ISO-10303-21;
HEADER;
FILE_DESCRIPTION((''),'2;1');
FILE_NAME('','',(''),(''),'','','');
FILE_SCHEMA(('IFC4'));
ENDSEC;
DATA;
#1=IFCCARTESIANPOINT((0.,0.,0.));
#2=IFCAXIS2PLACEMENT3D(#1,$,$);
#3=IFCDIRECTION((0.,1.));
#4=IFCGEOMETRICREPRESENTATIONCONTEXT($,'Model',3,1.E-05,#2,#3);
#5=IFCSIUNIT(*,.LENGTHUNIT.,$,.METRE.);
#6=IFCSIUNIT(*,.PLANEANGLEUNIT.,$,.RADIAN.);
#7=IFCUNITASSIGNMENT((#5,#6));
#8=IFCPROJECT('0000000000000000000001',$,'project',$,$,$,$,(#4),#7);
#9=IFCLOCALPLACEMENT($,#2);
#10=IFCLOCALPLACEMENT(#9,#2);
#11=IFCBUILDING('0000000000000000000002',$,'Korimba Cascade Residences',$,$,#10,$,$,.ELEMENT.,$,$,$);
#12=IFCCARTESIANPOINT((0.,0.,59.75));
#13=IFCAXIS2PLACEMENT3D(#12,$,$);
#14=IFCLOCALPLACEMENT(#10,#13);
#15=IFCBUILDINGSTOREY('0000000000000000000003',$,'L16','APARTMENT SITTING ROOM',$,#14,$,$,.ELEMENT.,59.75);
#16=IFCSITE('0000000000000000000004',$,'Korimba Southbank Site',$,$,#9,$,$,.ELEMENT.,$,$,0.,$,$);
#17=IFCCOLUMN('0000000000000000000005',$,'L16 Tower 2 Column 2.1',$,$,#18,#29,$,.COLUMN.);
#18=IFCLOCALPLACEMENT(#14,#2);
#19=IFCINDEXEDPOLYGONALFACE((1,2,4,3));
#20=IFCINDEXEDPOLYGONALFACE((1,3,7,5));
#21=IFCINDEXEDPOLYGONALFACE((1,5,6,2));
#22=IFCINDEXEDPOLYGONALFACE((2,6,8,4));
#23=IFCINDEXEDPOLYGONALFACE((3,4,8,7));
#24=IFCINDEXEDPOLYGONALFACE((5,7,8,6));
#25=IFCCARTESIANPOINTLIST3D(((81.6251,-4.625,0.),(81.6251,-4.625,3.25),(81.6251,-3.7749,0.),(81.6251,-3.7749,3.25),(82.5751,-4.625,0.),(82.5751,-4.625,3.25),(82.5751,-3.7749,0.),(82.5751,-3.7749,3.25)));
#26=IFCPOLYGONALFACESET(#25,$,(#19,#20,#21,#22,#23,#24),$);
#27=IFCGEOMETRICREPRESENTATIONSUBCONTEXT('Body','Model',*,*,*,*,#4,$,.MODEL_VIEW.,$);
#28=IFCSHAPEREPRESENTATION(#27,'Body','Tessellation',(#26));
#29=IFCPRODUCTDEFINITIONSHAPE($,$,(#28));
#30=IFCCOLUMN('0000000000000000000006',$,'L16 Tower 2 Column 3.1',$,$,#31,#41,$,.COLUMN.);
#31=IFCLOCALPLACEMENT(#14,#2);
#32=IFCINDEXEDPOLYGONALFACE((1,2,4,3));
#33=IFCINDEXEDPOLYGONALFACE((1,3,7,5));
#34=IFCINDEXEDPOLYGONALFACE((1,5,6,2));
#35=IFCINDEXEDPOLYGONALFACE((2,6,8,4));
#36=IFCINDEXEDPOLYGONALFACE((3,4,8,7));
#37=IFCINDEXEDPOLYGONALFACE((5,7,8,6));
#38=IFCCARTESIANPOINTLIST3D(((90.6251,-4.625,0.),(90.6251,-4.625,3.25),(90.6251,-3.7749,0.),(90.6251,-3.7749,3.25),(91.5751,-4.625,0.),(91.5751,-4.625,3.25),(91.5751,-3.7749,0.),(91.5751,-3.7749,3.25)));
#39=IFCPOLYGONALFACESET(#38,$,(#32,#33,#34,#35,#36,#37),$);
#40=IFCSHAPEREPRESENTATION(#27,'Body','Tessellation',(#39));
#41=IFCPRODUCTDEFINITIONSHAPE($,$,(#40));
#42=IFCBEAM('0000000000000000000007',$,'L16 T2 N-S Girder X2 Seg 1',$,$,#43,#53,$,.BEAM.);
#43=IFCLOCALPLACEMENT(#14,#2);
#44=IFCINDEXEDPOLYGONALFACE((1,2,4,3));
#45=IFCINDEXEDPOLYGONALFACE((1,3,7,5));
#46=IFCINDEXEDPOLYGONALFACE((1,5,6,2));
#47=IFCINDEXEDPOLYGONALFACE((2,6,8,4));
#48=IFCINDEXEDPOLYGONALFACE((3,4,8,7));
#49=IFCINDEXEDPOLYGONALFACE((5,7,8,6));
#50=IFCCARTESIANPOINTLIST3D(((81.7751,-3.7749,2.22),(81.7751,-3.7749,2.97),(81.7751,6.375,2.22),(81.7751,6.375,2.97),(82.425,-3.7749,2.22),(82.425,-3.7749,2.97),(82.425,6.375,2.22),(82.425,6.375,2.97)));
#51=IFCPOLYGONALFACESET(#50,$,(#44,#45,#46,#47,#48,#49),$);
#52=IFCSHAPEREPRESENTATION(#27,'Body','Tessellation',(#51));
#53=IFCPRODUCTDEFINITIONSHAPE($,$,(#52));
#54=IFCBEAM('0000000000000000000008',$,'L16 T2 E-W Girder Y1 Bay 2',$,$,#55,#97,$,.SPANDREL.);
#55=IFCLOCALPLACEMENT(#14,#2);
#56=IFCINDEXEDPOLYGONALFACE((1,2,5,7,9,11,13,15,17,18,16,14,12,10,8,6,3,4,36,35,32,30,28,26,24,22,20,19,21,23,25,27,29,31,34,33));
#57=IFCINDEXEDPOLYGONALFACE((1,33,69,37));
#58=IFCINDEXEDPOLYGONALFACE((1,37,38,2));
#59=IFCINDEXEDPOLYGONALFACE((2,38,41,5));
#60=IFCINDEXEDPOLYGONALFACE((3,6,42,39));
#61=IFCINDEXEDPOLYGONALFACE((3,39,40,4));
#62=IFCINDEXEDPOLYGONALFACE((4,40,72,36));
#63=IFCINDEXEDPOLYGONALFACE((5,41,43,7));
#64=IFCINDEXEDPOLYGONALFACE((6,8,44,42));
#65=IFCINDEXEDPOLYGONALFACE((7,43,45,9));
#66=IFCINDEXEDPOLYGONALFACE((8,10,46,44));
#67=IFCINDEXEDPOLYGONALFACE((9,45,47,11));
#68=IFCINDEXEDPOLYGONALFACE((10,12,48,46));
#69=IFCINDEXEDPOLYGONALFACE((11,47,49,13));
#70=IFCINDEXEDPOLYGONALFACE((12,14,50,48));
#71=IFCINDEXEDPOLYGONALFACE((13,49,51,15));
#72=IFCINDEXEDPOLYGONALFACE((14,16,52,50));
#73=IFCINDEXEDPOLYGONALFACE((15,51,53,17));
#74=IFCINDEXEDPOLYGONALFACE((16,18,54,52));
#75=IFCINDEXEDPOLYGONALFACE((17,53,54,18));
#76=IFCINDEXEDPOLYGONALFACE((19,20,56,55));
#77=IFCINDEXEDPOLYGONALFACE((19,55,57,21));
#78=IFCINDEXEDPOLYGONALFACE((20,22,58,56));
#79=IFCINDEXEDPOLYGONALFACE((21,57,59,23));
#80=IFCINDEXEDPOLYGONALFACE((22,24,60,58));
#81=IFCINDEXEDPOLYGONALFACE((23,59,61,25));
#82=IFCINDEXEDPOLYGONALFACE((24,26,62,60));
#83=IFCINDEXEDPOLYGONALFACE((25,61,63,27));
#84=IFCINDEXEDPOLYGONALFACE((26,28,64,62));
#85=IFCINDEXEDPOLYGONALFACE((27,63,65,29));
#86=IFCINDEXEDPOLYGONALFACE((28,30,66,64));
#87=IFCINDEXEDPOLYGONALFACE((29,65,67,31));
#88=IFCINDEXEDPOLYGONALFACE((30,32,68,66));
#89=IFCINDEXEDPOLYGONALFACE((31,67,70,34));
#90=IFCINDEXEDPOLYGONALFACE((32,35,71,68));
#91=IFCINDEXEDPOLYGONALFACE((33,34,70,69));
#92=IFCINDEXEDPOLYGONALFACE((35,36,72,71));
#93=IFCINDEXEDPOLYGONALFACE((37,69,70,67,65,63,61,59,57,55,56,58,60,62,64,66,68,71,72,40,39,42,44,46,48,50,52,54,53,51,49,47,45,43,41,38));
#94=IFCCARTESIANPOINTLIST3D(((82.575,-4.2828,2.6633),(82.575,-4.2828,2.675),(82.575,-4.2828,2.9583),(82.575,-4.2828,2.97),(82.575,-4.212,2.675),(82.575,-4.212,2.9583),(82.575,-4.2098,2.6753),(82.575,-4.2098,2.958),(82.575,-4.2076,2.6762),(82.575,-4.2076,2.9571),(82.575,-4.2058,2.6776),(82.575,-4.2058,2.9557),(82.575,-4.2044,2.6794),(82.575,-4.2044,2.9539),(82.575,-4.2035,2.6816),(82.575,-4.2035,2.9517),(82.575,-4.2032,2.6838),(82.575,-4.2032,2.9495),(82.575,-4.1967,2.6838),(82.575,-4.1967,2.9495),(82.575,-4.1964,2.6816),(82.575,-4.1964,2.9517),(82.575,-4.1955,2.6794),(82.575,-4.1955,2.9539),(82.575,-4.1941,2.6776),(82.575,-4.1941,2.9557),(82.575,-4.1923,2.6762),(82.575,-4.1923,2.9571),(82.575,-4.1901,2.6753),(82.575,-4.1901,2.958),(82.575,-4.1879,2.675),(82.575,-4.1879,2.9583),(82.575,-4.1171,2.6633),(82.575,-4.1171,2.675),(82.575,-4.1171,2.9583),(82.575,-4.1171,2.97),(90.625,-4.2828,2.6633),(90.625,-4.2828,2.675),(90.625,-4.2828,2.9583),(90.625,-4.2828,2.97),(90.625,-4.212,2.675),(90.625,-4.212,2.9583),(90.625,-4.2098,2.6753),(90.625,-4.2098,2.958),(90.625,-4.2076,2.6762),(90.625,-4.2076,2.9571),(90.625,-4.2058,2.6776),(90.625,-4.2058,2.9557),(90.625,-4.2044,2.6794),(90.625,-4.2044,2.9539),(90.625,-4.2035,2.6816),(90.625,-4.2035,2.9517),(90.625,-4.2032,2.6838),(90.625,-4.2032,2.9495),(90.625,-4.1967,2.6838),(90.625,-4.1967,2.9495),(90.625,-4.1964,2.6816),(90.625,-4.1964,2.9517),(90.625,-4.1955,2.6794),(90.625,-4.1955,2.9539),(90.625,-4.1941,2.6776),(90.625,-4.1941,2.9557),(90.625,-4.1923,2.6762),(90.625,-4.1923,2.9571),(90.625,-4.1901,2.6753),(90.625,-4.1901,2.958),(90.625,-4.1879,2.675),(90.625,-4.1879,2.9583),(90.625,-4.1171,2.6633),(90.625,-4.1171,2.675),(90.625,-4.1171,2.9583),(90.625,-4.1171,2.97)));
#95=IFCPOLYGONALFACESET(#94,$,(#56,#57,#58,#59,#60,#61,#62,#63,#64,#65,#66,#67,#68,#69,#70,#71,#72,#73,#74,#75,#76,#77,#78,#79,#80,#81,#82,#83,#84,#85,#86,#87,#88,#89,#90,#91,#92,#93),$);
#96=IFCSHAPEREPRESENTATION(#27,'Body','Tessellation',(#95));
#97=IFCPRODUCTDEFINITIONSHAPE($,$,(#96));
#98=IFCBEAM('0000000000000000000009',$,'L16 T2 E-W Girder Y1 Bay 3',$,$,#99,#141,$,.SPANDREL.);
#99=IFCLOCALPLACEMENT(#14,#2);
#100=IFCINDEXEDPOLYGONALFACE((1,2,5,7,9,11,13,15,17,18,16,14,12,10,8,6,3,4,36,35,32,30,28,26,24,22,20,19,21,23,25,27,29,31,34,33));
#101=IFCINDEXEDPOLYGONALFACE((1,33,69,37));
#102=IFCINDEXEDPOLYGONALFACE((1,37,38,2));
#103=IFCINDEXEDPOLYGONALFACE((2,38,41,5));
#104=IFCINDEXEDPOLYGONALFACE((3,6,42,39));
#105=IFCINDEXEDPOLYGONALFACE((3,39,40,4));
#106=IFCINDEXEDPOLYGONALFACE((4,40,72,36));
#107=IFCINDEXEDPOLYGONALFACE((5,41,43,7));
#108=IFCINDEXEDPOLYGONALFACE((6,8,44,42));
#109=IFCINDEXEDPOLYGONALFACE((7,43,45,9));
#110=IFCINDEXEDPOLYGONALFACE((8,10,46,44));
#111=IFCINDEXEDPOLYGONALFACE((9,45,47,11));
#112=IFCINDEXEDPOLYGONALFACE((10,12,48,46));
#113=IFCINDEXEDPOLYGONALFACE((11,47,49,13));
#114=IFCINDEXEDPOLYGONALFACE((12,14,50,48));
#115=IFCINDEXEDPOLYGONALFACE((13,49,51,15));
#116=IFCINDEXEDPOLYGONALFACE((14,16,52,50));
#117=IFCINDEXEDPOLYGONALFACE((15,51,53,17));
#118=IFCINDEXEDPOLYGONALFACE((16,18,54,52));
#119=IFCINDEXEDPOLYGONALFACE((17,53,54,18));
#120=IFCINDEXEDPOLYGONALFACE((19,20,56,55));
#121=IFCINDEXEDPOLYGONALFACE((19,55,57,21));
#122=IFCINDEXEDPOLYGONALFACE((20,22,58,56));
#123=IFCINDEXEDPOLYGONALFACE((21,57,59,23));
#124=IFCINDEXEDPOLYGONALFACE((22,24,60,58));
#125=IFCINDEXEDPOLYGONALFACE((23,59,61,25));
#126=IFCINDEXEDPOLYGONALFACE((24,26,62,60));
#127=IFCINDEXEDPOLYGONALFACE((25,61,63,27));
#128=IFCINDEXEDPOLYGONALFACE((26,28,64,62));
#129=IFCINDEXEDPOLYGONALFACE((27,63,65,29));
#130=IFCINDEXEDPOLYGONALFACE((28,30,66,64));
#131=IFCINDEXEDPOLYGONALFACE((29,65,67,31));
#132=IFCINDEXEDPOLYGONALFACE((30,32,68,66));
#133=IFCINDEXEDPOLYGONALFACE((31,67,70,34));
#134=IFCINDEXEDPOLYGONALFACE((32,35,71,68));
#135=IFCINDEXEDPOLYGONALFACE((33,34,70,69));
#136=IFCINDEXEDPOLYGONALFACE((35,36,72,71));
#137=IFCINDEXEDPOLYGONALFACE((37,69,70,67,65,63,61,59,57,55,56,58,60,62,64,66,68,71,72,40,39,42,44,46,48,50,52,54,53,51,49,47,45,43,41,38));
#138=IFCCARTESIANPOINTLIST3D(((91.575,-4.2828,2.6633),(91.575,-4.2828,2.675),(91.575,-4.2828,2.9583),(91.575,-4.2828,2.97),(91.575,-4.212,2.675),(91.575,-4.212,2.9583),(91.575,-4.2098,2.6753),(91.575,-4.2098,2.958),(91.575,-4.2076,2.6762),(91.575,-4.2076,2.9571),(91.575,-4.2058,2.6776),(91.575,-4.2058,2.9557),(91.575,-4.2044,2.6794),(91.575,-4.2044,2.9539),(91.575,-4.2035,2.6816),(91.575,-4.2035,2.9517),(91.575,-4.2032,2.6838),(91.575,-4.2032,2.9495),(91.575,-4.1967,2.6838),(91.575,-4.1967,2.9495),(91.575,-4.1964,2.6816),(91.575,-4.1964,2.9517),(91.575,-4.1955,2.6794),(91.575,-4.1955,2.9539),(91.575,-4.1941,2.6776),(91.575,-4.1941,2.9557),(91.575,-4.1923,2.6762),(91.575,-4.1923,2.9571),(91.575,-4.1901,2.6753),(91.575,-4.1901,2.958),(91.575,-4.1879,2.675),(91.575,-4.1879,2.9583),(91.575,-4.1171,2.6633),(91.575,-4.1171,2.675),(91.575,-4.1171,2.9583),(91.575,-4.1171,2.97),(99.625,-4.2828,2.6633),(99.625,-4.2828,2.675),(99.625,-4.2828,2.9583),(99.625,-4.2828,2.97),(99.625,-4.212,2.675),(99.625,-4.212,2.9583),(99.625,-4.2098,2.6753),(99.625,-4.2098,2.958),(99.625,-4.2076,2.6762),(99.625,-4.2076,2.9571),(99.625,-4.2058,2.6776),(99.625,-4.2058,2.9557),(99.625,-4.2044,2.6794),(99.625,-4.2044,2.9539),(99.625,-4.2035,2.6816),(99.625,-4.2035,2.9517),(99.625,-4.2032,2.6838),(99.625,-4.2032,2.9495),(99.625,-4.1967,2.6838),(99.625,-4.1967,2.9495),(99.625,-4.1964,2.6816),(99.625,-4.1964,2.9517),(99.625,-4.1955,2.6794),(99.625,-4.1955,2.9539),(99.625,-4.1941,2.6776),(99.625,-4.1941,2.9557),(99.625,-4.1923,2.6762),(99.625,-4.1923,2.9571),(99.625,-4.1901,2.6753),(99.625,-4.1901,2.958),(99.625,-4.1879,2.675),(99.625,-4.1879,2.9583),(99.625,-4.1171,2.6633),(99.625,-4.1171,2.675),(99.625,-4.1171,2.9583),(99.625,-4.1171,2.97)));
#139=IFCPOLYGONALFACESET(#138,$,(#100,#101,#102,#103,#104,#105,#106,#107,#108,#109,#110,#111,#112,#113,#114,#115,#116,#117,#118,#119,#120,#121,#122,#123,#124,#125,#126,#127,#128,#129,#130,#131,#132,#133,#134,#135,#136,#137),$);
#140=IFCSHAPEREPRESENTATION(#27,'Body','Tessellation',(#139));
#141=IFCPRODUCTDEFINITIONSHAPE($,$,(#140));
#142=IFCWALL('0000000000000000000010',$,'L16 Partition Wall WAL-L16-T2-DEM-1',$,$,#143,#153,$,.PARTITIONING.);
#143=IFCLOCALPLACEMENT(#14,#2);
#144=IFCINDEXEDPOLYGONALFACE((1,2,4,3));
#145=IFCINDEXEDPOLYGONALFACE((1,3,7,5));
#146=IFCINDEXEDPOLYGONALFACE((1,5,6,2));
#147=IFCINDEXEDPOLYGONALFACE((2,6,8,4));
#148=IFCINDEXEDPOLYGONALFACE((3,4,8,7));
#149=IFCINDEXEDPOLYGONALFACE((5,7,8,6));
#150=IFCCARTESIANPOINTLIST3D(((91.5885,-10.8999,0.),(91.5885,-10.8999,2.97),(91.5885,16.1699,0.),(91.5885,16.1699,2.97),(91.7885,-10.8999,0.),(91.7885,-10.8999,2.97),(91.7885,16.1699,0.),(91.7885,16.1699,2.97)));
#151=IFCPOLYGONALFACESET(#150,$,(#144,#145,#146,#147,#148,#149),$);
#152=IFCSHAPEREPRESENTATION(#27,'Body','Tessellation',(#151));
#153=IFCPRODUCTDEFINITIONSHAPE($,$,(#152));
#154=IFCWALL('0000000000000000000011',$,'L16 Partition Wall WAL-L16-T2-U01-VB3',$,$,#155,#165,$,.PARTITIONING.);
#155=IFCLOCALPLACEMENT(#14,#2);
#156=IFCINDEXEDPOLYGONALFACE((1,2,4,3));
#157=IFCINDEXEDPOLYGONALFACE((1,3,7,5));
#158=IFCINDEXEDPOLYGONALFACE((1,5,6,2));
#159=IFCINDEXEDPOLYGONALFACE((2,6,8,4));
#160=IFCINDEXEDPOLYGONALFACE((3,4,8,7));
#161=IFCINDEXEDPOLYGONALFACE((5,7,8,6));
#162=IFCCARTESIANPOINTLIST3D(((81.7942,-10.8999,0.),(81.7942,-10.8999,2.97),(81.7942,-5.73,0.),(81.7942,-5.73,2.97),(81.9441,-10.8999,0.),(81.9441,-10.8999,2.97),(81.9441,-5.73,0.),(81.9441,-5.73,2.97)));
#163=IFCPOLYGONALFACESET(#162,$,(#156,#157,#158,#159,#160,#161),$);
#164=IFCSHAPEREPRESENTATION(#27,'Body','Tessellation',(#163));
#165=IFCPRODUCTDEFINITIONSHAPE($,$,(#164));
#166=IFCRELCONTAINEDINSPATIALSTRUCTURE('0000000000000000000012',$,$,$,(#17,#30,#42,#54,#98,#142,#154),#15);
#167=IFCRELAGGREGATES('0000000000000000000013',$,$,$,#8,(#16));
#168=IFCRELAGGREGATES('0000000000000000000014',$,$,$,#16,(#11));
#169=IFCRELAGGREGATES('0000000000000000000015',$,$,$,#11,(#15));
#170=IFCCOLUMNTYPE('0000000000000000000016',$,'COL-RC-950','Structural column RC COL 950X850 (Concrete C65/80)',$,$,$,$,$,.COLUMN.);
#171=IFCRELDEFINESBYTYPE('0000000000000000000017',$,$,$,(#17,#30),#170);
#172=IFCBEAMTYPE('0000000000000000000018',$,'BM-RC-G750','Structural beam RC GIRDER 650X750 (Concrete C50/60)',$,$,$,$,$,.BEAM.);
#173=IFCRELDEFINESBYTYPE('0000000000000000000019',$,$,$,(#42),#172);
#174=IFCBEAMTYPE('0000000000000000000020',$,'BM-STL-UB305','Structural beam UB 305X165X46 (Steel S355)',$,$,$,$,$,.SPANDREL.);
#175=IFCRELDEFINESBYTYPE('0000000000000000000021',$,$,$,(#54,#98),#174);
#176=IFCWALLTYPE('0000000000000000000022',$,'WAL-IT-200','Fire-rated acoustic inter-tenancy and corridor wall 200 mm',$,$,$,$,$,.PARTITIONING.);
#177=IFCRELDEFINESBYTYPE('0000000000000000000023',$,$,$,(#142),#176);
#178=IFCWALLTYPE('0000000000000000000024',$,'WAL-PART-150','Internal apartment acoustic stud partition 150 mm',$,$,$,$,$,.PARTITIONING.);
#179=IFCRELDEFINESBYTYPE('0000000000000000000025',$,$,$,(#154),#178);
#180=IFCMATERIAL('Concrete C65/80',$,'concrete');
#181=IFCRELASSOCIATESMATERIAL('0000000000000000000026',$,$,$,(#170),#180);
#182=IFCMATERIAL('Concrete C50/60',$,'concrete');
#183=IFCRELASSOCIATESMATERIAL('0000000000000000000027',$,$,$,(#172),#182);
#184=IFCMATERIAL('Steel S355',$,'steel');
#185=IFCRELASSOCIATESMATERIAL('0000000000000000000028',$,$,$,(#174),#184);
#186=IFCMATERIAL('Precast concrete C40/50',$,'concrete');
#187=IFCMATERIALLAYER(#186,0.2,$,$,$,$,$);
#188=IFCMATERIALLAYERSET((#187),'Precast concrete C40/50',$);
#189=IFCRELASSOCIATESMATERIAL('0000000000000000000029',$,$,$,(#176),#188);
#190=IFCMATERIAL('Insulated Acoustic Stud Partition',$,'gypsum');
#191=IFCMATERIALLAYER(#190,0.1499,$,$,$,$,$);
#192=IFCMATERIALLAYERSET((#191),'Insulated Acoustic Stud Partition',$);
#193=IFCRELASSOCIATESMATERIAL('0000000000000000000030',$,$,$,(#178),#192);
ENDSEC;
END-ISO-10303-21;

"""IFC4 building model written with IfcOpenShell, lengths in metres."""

from ifc_helpers import new_model, si_unit, direction, frame, frame_2d, origin, origin_2d, place, context, subcontext, project, spatial, rectangle, i_section, extrude, material, layer, layer_set, material_profile, profile_set, type_object, element, save


model = new_model("IFC4")

# Units and contexts
model_context = context("Model", 3, precision=1e-05, world=origin(), true_north=direction((0.0, 1.0)))
body_context = subcontext(model_context, "Body", "Model", "MODEL_VIEW")
ifc_project = project(units=[si_unit("LENGTHUNIT", "METRE"), si_unit("PLANEANGLEUNIT", "RADIAN")], contexts=[model_context])

# Site, building, storey
site_placement = place(None, origin())
site = spatial("IfcSite", under=ifc_project, at=site_placement, Name="Korimba Southbank Site", CompositionType="ELEMENT", RefElevation=0.0)
building_placement = place(site_placement, origin())
building = spatial("IfcBuilding", under=site, at=building_placement, Name="Korimba Cascade Residences", CompositionType="ELEMENT")
storey_placement = place(building_placement, frame((0.0, 0.0, 59.75)))
storey = spatial("IfcBuildingStorey", under=building, at=storey_placement, Name="L16", Description="APARTMENT SITTING ROOM", CompositionType="ELEMENT", Elevation=59.75)

# Columns
ifc_material_1 = material(Name="Concrete C65/80", Category="concrete")
ifc_material_profile_1 = material_profile(ifc_material_1, rectangle(XDim=0.95, YDim=0.8501, at=origin_2d()), Name="Concrete C65/80")
ifc_profile_set_1 = profile_set([ifc_material_profile_1], Name="Concrete C65/80")
column_type = type_object("IfcColumnType", Name="COL-RC-950", Description="Structural column RC COL 950X850 (Concrete C65/80)", PredefinedType="COLUMN", material=ifc_profile_set_1)
for number, where, z_axis, x_axis, name in (
    (1, (82.1001, -4.2, 0.0), (0.0, 0.0, 1.0), (1.0, 0.0, 0.0), "L16 Tower 2 Column 2.1"),
    (2, (91.1001, -4.2, 0.0), (0.0, 0.0, 1.0), (1.0, 0.0, 0.0), "L16 Tower 2 Column 3.1"),
):
    element("IfcColumn", number, at=place(storey_placement, frame(where, z_axis=z_axis, x_axis=x_axis)), inside=storey, type_object=column_type, Name=name, PredefinedType="COLUMN", context=body_context, shape_type="SweptSolid", body=[
        extrude(rectangle(XDim=0.95, YDim=0.8501, at=origin_2d()), origin(), (0.0, 0.0, 1.0), 3.25),
    ])

# Beams
ifc_material_2 = material(Name="Concrete C50/60", Category="concrete")
ifc_material_profile_2 = material_profile(ifc_material_2, rectangle(XDim=0.6499, YDim=0.75, at=origin_2d()), Name="Concrete C50/60")
ifc_profile_set_2 = profile_set([ifc_material_profile_2], Name="Concrete C50/60")
beam_type_1 = type_object("IfcBeamType", Name="BM-RC-G750", Description="Structural beam RC GIRDER 650X750 (Concrete C50/60)", PredefinedType="BEAM", material=ifc_profile_set_2)
beam_placement = place(storey_placement, frame((82.1001, -3.7749, 2.595), z_axis=(0.0, 1.0, 0.0), x_axis=(-1.0, 0.0, 0.0)))
element("IfcBeam", 3, at=beam_placement, inside=storey, type_object=beam_type_1, Name="L16 T2 N-S Girder X2 Seg 1", PredefinedType="BEAM", context=body_context, shape_type="SweptSolid", body=[
    extrude(rectangle(XDim=0.6499, YDim=0.75, at=origin_2d()), origin(), (0.0, 0.0, 1.0), 10.1499),
])
ifc_material_3 = material(Name="Steel S355", Category="steel")
ifc_material_profile_3 = material_profile(ifc_material_3, i_section(OverallWidth=0.1658, OverallDepth=0.3066, WebThickness=0.0066, FlangeThickness=0.0117, FilletRadius=0.0088, at=origin_2d()), Name="Steel S355")
ifc_profile_set_3 = profile_set([ifc_material_profile_3], Name="Steel S355")
beam_type_2 = type_object("IfcBeamType", Name="BM-STL-UB305", Description="Structural beam UB 305X165X46 (Steel S355)", PredefinedType="SPANDREL", material=ifc_profile_set_3)
for number, where, z_axis, x_axis, name in (
    (4, (82.575, -4.2, 2.8167), (1.0, 0.0, 0.0), (0.0, 1.0, 0.0), "L16 T2 E-W Girder Y1 Bay 2"),
    (5, (91.575, -4.2, 2.8167), (1.0, 0.0, 0.0), (0.0, 1.0, 0.0), "L16 T2 E-W Girder Y1 Bay 3"),
):
    element("IfcBeam", number, at=place(storey_placement, frame(where, z_axis=z_axis, x_axis=x_axis)), inside=storey, type_object=beam_type_2, Name=name, PredefinedType="SPANDREL", context=body_context, shape_type="SweptSolid", body=[
        extrude(i_section(OverallWidth=0.1658, OverallDepth=0.3066, WebThickness=0.0066, FlangeThickness=0.0117, FilletRadius=0.0088, at=origin_2d()), origin(), (0.0, 0.0, 1.0), 8.05),
    ])

# Walls
ifc_material_4 = material(Name="Precast concrete C40/50", Category="concrete")
ifc_layer_1 = layer(ifc_material_4, 0.2)
ifc_layer_set_1 = layer_set([ifc_layer_1], Name="Precast concrete C40/50")
wall_type_1 = type_object("IfcWallType", Name="WAL-IT-200", Description="Fire-rated acoustic inter-tenancy and corridor wall 200 mm", PredefinedType="PARTITIONING", material=ifc_layer_set_1)
wall_1_placement = place(storey_placement, frame((91.6885, -10.8999, 0.0), z_axis=(0.0, 0.0, 1.0), x_axis=(0.0, 1.0, 0.0)))
element("IfcWall", 6, at=wall_1_placement, inside=storey, type_object=wall_type_1, Name="L16 Partition Wall WAL-L16-T2-DEM-1", PredefinedType="PARTITIONING", context=body_context, shape_type="SweptSolid", body=[
    extrude(rectangle(XDim=27.0698, YDim=0.2, at=frame_2d((13.5349, 0.0))), origin(), (0.0, 0.0, 1.0), 2.97),
])
ifc_material_5 = material(Name="Insulated Acoustic Stud Partition", Category="gypsum")
ifc_layer_2 = layer(ifc_material_5, 0.1499)
ifc_layer_set_2 = layer_set([ifc_layer_2], Name="Insulated Acoustic Stud Partition")
wall_type_2 = type_object("IfcWallType", Name="WAL-PART-150", Description="Internal apartment acoustic stud partition 150 mm", PredefinedType="PARTITIONING", material=ifc_layer_set_2)
wall_2_placement = place(storey_placement, frame((81.8691, -10.8999, 0.0), z_axis=(0.0, 0.0, 1.0), x_axis=(0.0, 1.0, 0.0)))
element("IfcWall", 7, at=wall_2_placement, inside=storey, type_object=wall_type_2, Name="L16 Partition Wall WAL-L16-T2-U01-VB3", PredefinedType="PARTITIONING", context=body_context, shape_type="SweptSolid", body=[
    extrude(rectangle(XDim=5.1699, YDim=0.1499, at=frame_2d((2.585, 0.0))), origin(), (0.0, 0.0, 1.0), 2.97),
])

save(model, "model.ifc")
